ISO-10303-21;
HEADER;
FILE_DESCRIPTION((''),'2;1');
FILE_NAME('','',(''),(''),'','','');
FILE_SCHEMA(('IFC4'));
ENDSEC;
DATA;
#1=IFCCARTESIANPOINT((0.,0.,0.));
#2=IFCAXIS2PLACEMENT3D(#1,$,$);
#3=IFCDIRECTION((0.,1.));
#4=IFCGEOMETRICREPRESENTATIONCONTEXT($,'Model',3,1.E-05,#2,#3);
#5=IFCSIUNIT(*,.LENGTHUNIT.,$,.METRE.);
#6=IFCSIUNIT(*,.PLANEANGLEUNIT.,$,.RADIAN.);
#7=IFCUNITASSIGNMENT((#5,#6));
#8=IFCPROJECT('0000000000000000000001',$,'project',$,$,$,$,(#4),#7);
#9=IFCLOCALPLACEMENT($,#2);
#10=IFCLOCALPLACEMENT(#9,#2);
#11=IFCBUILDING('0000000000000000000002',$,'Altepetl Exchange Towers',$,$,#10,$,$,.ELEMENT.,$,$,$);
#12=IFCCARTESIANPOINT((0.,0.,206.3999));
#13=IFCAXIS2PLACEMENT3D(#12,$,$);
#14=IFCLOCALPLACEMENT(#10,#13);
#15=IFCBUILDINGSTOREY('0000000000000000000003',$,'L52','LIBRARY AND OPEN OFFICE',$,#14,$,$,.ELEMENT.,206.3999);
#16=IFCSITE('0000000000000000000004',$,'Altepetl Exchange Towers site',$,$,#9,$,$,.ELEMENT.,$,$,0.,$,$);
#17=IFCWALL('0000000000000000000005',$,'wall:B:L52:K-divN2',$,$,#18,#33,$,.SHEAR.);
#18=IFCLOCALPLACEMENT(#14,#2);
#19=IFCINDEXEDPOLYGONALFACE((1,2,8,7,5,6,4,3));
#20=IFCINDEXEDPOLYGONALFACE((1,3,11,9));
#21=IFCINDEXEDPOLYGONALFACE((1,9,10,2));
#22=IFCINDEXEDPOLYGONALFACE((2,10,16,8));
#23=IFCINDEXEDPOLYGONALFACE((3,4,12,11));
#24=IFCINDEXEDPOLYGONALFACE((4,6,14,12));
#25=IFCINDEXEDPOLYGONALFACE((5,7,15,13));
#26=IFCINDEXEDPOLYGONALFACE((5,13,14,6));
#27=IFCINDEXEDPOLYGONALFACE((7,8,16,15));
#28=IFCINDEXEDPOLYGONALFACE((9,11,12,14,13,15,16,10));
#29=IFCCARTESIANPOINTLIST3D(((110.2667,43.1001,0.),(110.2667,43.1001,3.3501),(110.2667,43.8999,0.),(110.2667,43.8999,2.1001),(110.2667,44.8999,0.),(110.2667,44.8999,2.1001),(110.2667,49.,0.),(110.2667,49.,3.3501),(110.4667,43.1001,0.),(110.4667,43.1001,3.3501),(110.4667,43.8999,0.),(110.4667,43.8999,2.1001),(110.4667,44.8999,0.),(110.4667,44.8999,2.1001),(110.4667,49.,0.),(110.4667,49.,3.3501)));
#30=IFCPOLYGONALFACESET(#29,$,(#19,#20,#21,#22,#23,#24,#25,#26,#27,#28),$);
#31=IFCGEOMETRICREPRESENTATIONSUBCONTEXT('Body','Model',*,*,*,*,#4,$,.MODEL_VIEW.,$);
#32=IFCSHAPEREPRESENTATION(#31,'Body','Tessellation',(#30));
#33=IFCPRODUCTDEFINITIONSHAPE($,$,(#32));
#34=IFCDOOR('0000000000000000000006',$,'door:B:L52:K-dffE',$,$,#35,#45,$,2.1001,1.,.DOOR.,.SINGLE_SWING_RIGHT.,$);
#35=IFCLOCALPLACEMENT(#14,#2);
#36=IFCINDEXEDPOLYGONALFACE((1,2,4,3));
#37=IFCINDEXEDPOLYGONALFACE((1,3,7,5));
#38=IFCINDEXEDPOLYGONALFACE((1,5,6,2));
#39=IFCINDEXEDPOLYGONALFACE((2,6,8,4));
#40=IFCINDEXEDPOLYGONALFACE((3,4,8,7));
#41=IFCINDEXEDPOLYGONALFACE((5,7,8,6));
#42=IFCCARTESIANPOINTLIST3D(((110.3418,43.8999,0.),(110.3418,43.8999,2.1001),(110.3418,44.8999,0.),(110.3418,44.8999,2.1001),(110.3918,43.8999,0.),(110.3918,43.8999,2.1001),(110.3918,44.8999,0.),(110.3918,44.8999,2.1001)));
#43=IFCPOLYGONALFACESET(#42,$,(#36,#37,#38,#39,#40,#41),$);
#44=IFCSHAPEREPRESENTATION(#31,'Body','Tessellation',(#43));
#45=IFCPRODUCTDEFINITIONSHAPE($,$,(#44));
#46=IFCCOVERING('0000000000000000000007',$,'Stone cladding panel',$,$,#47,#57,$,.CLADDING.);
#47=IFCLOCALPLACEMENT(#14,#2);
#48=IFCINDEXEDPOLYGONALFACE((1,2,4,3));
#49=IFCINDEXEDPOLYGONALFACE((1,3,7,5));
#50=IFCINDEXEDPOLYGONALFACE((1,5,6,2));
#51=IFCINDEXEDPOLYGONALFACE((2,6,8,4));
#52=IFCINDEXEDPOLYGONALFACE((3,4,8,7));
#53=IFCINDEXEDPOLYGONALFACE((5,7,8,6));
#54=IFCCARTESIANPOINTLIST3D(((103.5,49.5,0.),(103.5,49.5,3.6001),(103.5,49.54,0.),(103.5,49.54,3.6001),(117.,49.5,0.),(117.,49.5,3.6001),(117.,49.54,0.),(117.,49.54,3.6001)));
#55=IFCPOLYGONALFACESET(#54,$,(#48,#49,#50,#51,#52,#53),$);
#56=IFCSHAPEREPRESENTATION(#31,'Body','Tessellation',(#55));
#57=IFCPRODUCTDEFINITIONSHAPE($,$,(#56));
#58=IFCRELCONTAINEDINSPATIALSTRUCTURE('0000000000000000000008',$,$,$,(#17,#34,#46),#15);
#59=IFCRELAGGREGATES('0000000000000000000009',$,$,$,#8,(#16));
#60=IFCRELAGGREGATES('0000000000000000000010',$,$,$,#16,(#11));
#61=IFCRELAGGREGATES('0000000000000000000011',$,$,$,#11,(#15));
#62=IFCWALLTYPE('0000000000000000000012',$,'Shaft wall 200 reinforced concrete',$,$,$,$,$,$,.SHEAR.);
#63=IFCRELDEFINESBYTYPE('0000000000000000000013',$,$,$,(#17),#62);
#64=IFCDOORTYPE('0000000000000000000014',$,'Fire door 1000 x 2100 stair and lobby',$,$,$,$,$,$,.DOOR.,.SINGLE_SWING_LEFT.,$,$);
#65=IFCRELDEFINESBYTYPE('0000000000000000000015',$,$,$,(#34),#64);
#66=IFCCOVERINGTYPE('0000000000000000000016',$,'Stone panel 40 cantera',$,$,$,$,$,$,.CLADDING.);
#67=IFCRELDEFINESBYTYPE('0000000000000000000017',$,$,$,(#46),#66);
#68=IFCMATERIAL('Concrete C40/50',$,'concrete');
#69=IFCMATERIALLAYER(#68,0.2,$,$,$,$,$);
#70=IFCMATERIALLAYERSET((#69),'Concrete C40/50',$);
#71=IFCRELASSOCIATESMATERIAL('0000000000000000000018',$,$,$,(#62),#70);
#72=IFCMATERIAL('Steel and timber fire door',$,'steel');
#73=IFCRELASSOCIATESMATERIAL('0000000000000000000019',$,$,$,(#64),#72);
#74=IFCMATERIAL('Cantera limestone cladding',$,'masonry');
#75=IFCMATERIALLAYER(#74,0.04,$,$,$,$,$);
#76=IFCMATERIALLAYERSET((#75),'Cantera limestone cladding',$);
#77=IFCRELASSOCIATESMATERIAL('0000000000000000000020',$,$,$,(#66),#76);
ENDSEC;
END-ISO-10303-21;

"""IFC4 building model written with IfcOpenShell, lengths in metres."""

from ifc_helpers import new_model, si_unit, direction, frame, frame_2d, origin, origin_2d, place, context, subcontext, project, spatial, rectangle, extrude, material, layer, layer_set, type_object, element, fill, save


model = new_model("IFC4")

# Units and contexts
model_context = context("Model", 3, precision=1e-05, world=origin(), true_north=direction((0.0, 1.0)))
body_context = subcontext(model_context, "Body", "Model", "MODEL_VIEW")
ifc_project = project(units=[si_unit("LENGTHUNIT", "METRE"), si_unit("PLANEANGLEUNIT", "RADIAN")], contexts=[model_context])

# Site, building, storey
site_placement = place(None, origin())
site = spatial("IfcSite", under=ifc_project, at=site_placement, Name="Altepetl Exchange Towers site", CompositionType="ELEMENT", RefElevation=0.0)
building_placement = place(site_placement, origin())
building = spatial("IfcBuilding", under=site, at=building_placement, Name="Altepetl Exchange Towers", CompositionType="ELEMENT")
storey_placement = place(building_placement, frame((0.0, 0.0, 206.3999)))
storey = spatial("IfcBuildingStorey", under=building, at=storey_placement, Name="L52", Description="LIBRARY AND OPEN OFFICE", CompositionType="ELEMENT", Elevation=206.3999)

# Shared definitions
ifc_material_1 = material(Name="Concrete C40/50", Category="concrete")
ifc_layer_1 = layer(ifc_material_1, 0.2)
ifc_layer_set_1 = layer_set([ifc_layer_1], Name="Concrete C40/50")
wall_type_1 = type_object("IfcWallType", Name="Shaft wall 200 reinforced concrete", PredefinedType="SHEAR", material=ifc_layer_set_1)

# Wall, opening, door
wall_1_placement = place(storey_placement, frame((110.3667, 49.0, 0.0), z_axis=(0.0, 0.0, 1.0), x_axis=(0.0, -1.0, 0.0)))
wall_1 = element("IfcWall", 1, at=wall_1_placement, inside=storey, type_object=wall_type_1, Name="wall:B:L52:K-divN2", PredefinedType="SHEAR", context=body_context, shape_type="SweptSolid", body=[
    extrude(rectangle(XDim=5.8999, YDim=0.2, at=frame_2d((2.95, 0.0))), origin(), (0.0, 0.0, 1.0), 3.3501),
])
opening_placement = place(wall_1_placement, frame((4.1001, 0.0, 0.0)))
opening = element("IfcOpeningElement", 2, at=opening_placement, cuts=wall_1, PredefinedType="OPENING", context=body_context, shape_type="SweptSolid", body=[
    extrude(rectangle(XDim=1.0, YDim=2.1001, at=frame_2d((0.5, 1.05))), frame((0.0, 0.1099, 0.0), z_axis=(0.0, -1.0, 0.0), x_axis=(1.0, 0.0, 0.0)), (0.0, 0.0, 1.0), 0.22),
])
ifc_material_2 = material(Name="Steel and timber fire door", Category="steel")
door_type = type_object("IfcDoorType", Name="Fire door 1000 x 2100 stair and lobby", OperationType="SINGLE_SWING_LEFT", PredefinedType="DOOR", material=ifc_material_2)
door_placement = place(opening_placement, frame((1.0, 0.0, 0.0), x_axis=(-1.0, 0.0, 0.0)))
door = element("IfcDoor", 3, at=door_placement, inside=storey, type_object=door_type, Name="door:B:L52:K-dffE", OperationType="SINGLE_SWING_RIGHT", OverallHeight=2.1001, OverallWidth=1.0, PredefinedType="DOOR", context=body_context, shape_type="SweptSolid", body=[
    extrude(rectangle(XDim=1.0, YDim=2.1001, at=frame_2d((0.5, 1.05))), frame((0.0, 0.0249, 0.0), z_axis=(0.0, -1.0, 0.0), x_axis=(1.0, 0.0, 0.0)), (0.0, 0.0, 1.0), 0.05),
])
fill(opening, door)

# Covering
ifc_material_3 = material(Name="Cantera limestone cladding", Category="masonry")
ifc_layer_2 = layer(ifc_material_3, 0.04)
ifc_layer_set_2 = layer_set([ifc_layer_2], Name="Cantera limestone cladding")
covering_type = type_object("IfcCoveringType", Name="Stone panel 40 cantera", PredefinedType="CLADDING", material=ifc_layer_set_2)
covering_placement = place(storey_placement, frame((110.25, 49.52, 0.0), z_axis=(0.0, 0.0, 1.0), x_axis=(-1.0, 0.0, 0.0)))
element("IfcCovering", 4, at=covering_placement, inside=storey, type_object=covering_type, Name="Stone cladding panel", PredefinedType="CLADDING", context=body_context, shape_type="SweptSolid", body=[
    extrude(rectangle(XDim=13.5, YDim=0.04, at=origin_2d()), origin(), (0.0, 0.0, 1.0), 3.6001),
])

save(model, "model.ifc")
